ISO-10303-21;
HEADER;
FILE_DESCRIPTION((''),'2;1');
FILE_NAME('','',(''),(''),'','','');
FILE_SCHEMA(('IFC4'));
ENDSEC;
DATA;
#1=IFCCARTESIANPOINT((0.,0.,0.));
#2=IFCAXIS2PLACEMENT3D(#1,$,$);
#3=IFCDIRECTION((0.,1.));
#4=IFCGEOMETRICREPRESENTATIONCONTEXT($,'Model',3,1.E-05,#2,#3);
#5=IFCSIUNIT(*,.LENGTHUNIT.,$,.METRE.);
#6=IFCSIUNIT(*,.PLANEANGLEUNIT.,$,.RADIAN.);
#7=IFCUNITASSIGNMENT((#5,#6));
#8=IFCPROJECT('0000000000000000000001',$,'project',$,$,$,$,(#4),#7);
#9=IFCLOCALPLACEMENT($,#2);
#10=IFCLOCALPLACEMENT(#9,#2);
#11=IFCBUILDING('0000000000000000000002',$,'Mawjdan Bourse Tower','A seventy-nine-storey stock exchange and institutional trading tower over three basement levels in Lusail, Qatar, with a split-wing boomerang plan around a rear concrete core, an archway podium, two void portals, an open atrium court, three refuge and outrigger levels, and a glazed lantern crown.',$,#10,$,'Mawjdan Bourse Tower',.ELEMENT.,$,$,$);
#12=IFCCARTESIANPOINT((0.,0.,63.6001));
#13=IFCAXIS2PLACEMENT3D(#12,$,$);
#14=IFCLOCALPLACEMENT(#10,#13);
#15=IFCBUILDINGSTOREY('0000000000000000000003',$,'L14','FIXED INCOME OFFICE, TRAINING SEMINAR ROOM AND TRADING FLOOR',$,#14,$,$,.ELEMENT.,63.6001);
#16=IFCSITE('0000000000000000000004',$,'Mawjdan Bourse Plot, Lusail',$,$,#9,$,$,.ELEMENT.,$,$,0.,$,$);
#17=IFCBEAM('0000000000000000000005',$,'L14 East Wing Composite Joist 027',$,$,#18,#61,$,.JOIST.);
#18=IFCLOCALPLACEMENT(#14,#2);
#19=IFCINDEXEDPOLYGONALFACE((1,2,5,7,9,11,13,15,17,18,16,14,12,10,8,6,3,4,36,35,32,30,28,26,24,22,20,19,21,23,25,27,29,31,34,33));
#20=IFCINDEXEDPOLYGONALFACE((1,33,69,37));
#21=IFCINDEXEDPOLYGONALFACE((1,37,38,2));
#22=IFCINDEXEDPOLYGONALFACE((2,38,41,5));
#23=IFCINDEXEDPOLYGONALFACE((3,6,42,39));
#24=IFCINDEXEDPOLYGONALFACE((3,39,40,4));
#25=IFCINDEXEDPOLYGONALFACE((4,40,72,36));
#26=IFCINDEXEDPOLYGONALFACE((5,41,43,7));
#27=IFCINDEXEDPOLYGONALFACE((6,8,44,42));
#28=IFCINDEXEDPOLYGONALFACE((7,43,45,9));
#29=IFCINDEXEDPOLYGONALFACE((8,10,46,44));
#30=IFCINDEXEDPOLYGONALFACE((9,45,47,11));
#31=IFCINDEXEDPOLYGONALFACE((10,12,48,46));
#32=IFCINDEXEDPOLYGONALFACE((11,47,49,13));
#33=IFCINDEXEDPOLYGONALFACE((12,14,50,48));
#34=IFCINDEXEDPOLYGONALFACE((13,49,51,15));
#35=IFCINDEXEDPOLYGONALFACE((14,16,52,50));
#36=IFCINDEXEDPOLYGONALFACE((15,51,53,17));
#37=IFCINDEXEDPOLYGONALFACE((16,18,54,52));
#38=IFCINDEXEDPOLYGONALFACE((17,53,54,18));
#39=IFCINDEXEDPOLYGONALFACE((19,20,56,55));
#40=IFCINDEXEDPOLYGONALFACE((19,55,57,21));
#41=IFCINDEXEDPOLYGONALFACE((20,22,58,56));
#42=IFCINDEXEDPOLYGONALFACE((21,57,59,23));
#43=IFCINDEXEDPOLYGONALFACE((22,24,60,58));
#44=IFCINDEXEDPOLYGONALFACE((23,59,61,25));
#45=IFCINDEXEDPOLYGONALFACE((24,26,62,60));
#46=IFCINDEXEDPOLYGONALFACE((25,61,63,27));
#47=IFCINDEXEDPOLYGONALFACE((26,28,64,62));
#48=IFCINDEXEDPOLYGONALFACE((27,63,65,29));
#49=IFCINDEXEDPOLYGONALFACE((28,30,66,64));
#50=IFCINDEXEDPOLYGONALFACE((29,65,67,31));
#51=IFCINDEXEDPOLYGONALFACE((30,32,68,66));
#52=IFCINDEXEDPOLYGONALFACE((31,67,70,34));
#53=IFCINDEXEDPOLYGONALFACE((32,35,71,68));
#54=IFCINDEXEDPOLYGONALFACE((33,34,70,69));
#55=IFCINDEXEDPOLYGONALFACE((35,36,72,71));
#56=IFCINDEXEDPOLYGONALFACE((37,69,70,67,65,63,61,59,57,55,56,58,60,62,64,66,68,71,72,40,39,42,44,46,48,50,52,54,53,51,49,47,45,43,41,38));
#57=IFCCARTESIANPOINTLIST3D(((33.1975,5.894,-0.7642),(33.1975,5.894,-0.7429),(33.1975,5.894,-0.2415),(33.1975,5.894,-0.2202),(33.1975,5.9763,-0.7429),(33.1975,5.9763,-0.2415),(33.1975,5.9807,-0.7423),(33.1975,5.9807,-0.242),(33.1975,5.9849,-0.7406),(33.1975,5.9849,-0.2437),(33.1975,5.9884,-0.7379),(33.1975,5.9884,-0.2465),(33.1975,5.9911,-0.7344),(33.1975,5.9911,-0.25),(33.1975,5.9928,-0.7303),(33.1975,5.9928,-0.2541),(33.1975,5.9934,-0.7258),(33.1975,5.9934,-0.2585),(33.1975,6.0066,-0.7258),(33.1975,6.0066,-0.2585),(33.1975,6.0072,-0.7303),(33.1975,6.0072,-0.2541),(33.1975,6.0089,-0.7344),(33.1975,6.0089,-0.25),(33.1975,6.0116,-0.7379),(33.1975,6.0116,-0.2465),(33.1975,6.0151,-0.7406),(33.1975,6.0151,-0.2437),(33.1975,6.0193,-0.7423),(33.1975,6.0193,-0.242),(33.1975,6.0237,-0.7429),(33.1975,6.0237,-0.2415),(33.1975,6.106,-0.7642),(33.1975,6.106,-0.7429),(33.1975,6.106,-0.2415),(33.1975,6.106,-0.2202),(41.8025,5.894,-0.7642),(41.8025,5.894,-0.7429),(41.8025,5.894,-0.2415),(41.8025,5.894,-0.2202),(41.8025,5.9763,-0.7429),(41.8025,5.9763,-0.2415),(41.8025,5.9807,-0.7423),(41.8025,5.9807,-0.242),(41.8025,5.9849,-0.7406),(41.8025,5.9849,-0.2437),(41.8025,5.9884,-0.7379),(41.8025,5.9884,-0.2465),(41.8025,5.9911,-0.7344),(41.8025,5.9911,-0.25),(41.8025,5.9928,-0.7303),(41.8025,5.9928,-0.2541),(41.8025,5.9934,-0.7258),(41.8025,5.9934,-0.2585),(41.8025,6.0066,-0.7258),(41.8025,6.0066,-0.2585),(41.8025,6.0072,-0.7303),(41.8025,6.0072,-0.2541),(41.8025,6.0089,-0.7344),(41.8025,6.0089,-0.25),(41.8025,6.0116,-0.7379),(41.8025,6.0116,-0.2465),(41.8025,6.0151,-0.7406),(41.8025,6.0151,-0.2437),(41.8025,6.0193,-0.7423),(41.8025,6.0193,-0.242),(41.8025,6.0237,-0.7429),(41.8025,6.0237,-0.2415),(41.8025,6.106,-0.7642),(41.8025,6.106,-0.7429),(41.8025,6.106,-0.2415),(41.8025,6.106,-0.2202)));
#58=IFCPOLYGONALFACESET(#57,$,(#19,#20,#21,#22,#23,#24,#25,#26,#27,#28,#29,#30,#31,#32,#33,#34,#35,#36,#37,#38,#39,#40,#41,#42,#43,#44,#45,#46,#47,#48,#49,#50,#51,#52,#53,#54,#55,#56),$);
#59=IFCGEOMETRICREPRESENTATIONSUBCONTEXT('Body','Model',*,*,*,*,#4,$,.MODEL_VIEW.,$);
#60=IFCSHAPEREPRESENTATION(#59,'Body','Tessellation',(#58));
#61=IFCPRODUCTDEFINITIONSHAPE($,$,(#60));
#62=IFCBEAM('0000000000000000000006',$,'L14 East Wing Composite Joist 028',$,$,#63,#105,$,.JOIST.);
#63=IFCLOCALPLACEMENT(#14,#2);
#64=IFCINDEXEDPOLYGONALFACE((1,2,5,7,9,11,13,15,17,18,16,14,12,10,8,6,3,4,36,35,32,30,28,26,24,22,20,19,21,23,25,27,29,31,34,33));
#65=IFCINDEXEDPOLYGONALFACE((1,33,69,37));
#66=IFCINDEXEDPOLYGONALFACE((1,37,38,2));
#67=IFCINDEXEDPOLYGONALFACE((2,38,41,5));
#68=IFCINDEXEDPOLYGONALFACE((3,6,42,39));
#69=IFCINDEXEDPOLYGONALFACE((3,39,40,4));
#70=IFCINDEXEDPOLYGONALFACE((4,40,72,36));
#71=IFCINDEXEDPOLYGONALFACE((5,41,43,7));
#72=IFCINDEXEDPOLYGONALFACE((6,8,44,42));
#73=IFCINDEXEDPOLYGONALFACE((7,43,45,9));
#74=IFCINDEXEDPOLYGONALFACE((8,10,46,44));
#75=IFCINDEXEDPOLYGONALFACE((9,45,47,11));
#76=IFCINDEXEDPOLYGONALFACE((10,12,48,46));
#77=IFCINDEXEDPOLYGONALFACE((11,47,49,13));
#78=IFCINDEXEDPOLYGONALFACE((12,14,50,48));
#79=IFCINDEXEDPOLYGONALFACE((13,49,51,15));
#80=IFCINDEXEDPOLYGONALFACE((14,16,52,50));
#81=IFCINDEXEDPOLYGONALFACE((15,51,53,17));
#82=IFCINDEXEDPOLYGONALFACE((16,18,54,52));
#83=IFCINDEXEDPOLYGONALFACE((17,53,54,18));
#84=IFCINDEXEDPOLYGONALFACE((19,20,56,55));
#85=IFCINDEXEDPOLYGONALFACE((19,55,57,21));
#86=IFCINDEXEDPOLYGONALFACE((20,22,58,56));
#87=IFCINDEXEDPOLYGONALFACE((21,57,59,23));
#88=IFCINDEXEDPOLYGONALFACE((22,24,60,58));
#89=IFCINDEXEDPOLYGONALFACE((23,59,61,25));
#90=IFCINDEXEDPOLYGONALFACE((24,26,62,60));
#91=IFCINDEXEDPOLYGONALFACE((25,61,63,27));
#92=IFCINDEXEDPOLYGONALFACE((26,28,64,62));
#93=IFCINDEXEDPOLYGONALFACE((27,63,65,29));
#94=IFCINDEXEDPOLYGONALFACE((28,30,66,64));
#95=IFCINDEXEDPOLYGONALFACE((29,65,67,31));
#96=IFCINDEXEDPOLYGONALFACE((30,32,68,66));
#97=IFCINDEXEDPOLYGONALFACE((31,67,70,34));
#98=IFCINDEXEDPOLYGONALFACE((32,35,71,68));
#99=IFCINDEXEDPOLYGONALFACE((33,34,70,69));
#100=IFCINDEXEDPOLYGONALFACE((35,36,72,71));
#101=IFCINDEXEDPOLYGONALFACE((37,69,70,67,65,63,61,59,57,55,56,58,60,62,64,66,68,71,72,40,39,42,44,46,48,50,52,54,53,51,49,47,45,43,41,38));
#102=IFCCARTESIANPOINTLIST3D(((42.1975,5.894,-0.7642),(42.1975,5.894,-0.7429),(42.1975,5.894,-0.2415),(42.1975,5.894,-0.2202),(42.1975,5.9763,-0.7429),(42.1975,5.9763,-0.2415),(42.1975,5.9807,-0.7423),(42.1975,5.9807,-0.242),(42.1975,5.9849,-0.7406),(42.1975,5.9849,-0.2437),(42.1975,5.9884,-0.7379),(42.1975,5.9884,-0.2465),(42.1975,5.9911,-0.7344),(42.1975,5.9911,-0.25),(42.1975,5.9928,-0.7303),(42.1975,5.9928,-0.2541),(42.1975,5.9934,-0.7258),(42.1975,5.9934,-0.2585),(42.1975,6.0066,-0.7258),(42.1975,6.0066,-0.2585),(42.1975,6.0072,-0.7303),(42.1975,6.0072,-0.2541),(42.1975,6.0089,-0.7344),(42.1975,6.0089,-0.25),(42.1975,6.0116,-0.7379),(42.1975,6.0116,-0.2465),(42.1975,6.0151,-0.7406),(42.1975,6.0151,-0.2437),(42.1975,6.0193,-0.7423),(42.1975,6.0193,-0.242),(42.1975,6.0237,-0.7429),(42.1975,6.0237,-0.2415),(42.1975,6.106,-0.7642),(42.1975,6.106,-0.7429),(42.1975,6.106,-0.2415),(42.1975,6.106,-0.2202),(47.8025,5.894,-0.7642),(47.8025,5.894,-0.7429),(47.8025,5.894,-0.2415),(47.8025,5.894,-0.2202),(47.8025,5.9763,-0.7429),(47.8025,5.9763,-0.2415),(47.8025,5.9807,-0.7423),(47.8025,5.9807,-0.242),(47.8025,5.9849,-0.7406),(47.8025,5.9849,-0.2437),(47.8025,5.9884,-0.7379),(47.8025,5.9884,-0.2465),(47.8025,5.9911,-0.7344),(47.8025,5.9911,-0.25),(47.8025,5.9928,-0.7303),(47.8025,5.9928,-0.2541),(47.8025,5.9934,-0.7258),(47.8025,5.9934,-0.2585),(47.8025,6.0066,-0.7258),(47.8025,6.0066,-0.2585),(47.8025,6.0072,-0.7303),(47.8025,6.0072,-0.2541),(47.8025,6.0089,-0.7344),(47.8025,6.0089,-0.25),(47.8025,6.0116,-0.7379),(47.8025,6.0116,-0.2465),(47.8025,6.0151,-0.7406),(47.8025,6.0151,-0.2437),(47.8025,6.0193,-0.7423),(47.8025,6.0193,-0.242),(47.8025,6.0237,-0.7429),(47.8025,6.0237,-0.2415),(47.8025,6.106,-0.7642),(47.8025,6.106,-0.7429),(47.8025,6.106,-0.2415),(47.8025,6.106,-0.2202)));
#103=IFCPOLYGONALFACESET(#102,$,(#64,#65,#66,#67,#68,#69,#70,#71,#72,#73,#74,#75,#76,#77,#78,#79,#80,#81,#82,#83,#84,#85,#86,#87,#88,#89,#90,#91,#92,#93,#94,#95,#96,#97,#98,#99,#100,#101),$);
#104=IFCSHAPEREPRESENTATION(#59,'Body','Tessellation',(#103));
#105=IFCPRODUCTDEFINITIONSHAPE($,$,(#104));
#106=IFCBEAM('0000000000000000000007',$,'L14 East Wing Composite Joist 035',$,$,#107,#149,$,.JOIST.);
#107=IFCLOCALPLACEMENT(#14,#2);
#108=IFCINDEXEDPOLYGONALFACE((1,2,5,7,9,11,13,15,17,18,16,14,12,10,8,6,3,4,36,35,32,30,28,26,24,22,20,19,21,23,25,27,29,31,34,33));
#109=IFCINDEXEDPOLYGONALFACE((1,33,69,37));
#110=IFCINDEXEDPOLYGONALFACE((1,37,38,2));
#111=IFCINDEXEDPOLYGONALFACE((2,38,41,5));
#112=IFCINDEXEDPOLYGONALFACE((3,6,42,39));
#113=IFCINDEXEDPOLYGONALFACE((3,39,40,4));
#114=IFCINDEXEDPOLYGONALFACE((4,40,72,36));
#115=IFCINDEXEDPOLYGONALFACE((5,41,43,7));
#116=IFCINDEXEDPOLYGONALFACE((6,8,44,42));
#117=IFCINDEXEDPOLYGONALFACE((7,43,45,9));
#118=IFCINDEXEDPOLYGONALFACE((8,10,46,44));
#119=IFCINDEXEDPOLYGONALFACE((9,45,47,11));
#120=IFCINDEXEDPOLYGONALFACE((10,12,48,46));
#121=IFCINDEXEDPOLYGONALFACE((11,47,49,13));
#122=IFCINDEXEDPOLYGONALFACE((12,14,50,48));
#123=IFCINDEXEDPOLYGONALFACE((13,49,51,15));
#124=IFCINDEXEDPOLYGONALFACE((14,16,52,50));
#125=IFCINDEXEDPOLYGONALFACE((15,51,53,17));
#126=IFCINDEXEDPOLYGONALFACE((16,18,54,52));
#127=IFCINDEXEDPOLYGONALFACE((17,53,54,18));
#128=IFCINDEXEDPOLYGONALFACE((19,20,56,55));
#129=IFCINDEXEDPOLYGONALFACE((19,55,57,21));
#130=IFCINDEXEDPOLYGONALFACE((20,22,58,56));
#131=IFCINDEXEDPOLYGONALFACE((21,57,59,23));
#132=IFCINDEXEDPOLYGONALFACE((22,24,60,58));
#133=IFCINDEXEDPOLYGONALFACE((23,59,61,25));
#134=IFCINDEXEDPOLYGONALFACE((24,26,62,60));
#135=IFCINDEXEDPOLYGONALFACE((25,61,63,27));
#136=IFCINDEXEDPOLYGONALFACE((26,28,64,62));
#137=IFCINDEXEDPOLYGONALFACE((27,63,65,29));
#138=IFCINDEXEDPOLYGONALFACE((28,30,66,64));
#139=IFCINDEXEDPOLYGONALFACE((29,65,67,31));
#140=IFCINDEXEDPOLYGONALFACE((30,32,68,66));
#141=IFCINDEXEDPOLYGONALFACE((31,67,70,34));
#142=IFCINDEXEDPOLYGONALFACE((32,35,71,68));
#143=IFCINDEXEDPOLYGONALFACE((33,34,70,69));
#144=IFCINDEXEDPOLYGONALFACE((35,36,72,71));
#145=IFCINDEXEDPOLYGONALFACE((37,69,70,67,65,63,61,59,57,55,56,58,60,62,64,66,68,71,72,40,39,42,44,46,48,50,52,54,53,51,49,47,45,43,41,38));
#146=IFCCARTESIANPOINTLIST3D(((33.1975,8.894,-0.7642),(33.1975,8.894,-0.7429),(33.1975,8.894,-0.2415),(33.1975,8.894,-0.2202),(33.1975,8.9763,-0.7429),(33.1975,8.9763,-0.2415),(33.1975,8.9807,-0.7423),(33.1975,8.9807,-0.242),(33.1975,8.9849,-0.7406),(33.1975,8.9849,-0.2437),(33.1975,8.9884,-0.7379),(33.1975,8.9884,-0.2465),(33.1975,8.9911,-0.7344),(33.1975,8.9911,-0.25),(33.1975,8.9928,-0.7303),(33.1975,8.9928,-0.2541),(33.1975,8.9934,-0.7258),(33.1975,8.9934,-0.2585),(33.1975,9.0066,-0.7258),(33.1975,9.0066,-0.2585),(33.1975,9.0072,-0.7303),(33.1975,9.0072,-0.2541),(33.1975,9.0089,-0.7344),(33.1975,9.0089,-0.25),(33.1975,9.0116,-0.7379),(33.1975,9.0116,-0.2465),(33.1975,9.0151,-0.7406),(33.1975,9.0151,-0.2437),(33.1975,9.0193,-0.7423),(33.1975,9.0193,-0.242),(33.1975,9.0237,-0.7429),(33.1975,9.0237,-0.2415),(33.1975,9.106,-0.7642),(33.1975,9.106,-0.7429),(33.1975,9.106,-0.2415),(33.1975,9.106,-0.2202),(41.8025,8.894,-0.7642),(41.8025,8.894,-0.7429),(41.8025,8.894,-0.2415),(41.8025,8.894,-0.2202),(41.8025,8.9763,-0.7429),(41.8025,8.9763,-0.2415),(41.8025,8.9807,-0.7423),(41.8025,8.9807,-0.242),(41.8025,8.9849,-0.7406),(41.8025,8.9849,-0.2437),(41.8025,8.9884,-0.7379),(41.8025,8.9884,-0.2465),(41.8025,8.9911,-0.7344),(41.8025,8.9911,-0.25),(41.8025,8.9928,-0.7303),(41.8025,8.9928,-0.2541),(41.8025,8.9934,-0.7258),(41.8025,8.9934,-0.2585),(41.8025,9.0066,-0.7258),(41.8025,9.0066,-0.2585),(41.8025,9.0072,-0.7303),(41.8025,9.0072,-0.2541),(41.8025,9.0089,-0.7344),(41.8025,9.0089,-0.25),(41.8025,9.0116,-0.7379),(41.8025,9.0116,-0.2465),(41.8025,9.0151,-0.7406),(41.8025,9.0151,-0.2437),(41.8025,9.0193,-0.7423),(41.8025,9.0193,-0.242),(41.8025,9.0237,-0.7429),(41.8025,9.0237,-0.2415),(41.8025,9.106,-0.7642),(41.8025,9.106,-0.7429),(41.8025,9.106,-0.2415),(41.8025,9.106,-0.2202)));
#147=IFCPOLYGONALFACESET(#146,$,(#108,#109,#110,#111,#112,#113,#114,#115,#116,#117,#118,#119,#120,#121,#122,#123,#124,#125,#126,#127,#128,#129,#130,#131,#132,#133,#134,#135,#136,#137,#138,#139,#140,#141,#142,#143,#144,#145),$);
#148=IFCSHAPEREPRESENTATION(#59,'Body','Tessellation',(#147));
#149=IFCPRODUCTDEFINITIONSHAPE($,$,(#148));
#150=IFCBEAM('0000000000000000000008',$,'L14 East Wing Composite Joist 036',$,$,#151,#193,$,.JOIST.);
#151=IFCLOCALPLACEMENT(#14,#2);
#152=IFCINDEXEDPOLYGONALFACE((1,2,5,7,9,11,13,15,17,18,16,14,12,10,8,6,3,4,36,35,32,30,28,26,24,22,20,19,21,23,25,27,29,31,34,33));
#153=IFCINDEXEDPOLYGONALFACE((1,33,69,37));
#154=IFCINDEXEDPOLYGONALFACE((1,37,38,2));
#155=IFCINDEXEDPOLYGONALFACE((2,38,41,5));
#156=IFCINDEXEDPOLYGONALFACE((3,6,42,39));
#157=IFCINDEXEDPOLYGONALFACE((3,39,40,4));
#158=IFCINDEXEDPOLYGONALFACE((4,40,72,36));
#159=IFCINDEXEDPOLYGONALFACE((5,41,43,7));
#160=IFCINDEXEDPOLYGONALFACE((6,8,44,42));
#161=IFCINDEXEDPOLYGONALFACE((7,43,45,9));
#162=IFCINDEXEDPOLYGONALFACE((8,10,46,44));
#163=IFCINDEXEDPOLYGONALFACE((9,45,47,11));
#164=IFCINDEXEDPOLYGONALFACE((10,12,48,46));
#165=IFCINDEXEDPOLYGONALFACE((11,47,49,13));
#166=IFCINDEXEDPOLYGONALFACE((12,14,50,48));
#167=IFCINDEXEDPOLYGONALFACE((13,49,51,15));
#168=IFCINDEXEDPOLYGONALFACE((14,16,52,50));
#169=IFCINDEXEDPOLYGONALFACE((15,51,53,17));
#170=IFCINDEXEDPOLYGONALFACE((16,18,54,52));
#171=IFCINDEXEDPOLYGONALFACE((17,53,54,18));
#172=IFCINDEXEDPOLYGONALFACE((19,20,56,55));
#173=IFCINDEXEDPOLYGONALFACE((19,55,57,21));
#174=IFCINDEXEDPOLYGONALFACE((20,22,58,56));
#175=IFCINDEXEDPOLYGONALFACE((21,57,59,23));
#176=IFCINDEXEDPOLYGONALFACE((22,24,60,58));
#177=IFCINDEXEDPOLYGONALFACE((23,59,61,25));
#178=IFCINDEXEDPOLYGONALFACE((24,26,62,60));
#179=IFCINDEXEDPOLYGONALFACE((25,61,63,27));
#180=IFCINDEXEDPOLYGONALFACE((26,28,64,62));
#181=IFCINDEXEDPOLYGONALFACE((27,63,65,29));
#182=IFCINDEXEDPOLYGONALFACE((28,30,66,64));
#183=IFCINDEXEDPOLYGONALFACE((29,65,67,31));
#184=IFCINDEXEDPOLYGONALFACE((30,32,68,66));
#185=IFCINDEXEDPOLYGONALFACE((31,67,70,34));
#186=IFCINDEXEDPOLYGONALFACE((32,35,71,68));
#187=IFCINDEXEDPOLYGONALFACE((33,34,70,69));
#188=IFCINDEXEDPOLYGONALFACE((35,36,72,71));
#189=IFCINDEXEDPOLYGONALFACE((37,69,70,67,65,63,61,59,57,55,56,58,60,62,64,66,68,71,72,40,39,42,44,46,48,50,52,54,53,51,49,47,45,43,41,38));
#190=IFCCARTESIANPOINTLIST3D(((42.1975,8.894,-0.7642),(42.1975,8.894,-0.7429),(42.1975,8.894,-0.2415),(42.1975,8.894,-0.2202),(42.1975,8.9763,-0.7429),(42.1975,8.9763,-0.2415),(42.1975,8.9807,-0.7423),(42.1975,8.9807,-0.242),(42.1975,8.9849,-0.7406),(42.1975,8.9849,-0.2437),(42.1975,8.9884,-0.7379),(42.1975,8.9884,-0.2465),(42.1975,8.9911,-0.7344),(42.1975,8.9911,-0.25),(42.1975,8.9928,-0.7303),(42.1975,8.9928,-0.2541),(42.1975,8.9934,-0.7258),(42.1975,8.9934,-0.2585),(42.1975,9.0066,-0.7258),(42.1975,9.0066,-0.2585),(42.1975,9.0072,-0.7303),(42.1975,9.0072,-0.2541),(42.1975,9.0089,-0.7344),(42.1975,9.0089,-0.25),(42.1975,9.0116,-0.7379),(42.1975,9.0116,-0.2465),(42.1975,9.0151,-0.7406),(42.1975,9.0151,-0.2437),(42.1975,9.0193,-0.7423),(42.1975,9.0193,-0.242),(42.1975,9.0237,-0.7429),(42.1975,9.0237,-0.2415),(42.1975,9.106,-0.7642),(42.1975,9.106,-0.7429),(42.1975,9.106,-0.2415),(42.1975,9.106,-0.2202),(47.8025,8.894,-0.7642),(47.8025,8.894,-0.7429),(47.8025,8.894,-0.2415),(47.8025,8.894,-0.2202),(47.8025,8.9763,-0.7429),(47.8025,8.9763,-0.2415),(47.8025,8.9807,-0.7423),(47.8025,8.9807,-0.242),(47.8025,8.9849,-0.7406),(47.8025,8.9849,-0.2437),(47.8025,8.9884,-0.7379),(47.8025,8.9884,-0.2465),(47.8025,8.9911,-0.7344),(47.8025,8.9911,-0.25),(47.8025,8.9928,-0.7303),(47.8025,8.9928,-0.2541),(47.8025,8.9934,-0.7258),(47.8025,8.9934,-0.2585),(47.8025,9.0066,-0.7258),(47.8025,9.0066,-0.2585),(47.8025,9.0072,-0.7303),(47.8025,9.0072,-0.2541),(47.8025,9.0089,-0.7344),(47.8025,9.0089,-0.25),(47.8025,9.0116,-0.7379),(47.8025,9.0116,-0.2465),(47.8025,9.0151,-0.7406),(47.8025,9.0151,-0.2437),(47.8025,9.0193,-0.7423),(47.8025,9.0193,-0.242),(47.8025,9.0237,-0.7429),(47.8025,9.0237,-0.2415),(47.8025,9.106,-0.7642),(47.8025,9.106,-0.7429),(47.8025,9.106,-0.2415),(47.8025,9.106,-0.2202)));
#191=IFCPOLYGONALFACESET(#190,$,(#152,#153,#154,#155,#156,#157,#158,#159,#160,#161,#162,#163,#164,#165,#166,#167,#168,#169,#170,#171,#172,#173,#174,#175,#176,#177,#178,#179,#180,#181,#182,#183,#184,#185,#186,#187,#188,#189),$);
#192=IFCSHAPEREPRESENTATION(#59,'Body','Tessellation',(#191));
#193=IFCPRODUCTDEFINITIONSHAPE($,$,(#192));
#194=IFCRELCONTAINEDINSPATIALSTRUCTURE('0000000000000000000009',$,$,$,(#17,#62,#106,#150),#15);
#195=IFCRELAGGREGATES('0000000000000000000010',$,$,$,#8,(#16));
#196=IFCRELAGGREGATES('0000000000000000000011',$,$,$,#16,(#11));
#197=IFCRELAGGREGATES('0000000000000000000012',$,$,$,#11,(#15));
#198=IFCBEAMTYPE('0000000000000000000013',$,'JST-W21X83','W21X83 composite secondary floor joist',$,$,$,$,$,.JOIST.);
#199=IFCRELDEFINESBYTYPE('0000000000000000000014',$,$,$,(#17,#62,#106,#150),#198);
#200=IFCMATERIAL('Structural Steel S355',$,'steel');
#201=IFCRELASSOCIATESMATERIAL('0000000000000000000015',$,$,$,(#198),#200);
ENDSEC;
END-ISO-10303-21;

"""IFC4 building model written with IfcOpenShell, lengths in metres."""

from ifc_helpers import new_model, si_unit, direction, frame, origin, origin_2d, place, context, subcontext, project, spatial, i_section, extrude, material, material_profile, profile_set, type_object, element, save


model = new_model("IFC4")

# Units and contexts
model_context = context("Model", 3, precision=1e-05, world=origin(), true_north=direction((0.0, 1.0)))
body_context = subcontext(model_context, "Body", "Model", "MODEL_VIEW")
ifc_project = project(units=[si_unit("LENGTHUNIT", "METRE"), si_unit("PLANEANGLEUNIT", "RADIAN")], contexts=[model_context])

# Site, building, storey
site_placement = place(None, origin())
site = spatial("IfcSite", under=ifc_project, at=site_placement, Name="Mawjdan Bourse Plot, Lusail", CompositionType="ELEMENT", RefElevation=0.0)
building_placement = place(site_placement, origin())
building = spatial("IfcBuilding", under=site, at=building_placement, Name="Mawjdan Bourse Tower", Description="A seventy-nine-storey stock exchange and institutional trading tower over three basement levels in Lusail, Qatar, with a split-wing boomerang plan around a rear concrete core, an archway podium, two void portals, an open atrium court, three refuge and outrigger levels, and a glazed lantern crown.", LongName="Mawjdan Bourse Tower", CompositionType="ELEMENT")
storey_placement = place(building_placement, frame((0.0, 0.0, 63.6001)))
storey = spatial("IfcBuildingStorey", under=building, at=storey_placement, Name="L14", Description="FIXED INCOME OFFICE, TRAINING SEMINAR ROOM AND TRADING FLOOR", CompositionType="ELEMENT", Elevation=63.6001)

# Beams
ifc_material_1 = material(Name="Structural Steel S355", Category="steel")
ifc_material_profile_1 = material_profile(ifc_material_1, i_section(OverallWidth=0.2119, OverallDepth=0.5439, WebThickness=0.0132, FlangeThickness=0.0212, FilletRadius=0.0171, at=origin_2d()), Name="W21X83")
ifc_profile_set_1 = profile_set([ifc_material_profile_1], Name="Structural Steel S355")
beam_type_1 = type_object("IfcBeamType", Name="JST-W21X83", Description="W21X83 composite secondary floor joist", PredefinedType="JOIST", material=ifc_profile_set_1)
beam_1_placement = place(storey_placement, frame((33.1975, 6.0, -0.4922), z_axis=(1.0, 0.0, 0.0), x_axis=(0.0, 1.0, 0.0)))
element("IfcBeam", 1, at=beam_1_placement, inside=storey, type_object=beam_type_1, Name="L14 East Wing Composite Joist 027", PredefinedType="JOIST", context=body_context, shape_type="SweptSolid", body=[
    extrude(i_section(OverallWidth=0.2119, OverallDepth=0.5439, WebThickness=0.0132, FlangeThickness=0.0212, FilletRadius=0.0171, at=origin_2d()), origin(), (0.0, 0.0, 1.0), 8.605),
])
beam_2_placement = place(storey_placement, frame((42.1975, 6.0, -0.4922), z_axis=(1.0, 0.0, 0.0), x_axis=(0.0, 1.0, 0.0)))
element("IfcBeam", 2, at=beam_2_placement, inside=storey, type_object=beam_type_1, Name="L14 East Wing Composite Joist 028", PredefinedType="JOIST", context=body_context, shape_type="SweptSolid", body=[
    extrude(i_section(OverallWidth=0.2119, OverallDepth=0.5439, WebThickness=0.0132, FlangeThickness=0.0212, FilletRadius=0.0171, at=origin_2d()), origin(), (0.0, 0.0, 1.0), 5.605),
])
beam_3_placement = place(storey_placement, frame((33.1975, 9.0, -0.4922), z_axis=(1.0, 0.0, 0.0), x_axis=(0.0, 1.0, 0.0)))
element("IfcBeam", 3, at=beam_3_placement, inside=storey, type_object=beam_type_1, Name="L14 East Wing Composite Joist 035", PredefinedType="JOIST", context=body_context, shape_type="SweptSolid", body=[
    extrude(i_section(OverallWidth=0.2119, OverallDepth=0.5439, WebThickness=0.0132, FlangeThickness=0.0212, FilletRadius=0.0171, at=origin_2d()), origin(), (0.0, 0.0, 1.0), 8.605),
])
beam_4_placement = place(storey_placement, frame((42.1975, 9.0, -0.4922), z_axis=(1.0, 0.0, 0.0), x_axis=(0.0, 1.0, 0.0)))
element("IfcBeam", 4, at=beam_4_placement, inside=storey, type_object=beam_type_1, Name="L14 East Wing Composite Joist 036", PredefinedType="JOIST", context=body_context, shape_type="SweptSolid", body=[
    extrude(i_section(OverallWidth=0.2119, OverallDepth=0.5439, WebThickness=0.0132, FlangeThickness=0.0212, FilletRadius=0.0171, at=origin_2d()), origin(), (0.0, 0.0, 1.0), 5.605),
])

save(model, "model.ifc")
